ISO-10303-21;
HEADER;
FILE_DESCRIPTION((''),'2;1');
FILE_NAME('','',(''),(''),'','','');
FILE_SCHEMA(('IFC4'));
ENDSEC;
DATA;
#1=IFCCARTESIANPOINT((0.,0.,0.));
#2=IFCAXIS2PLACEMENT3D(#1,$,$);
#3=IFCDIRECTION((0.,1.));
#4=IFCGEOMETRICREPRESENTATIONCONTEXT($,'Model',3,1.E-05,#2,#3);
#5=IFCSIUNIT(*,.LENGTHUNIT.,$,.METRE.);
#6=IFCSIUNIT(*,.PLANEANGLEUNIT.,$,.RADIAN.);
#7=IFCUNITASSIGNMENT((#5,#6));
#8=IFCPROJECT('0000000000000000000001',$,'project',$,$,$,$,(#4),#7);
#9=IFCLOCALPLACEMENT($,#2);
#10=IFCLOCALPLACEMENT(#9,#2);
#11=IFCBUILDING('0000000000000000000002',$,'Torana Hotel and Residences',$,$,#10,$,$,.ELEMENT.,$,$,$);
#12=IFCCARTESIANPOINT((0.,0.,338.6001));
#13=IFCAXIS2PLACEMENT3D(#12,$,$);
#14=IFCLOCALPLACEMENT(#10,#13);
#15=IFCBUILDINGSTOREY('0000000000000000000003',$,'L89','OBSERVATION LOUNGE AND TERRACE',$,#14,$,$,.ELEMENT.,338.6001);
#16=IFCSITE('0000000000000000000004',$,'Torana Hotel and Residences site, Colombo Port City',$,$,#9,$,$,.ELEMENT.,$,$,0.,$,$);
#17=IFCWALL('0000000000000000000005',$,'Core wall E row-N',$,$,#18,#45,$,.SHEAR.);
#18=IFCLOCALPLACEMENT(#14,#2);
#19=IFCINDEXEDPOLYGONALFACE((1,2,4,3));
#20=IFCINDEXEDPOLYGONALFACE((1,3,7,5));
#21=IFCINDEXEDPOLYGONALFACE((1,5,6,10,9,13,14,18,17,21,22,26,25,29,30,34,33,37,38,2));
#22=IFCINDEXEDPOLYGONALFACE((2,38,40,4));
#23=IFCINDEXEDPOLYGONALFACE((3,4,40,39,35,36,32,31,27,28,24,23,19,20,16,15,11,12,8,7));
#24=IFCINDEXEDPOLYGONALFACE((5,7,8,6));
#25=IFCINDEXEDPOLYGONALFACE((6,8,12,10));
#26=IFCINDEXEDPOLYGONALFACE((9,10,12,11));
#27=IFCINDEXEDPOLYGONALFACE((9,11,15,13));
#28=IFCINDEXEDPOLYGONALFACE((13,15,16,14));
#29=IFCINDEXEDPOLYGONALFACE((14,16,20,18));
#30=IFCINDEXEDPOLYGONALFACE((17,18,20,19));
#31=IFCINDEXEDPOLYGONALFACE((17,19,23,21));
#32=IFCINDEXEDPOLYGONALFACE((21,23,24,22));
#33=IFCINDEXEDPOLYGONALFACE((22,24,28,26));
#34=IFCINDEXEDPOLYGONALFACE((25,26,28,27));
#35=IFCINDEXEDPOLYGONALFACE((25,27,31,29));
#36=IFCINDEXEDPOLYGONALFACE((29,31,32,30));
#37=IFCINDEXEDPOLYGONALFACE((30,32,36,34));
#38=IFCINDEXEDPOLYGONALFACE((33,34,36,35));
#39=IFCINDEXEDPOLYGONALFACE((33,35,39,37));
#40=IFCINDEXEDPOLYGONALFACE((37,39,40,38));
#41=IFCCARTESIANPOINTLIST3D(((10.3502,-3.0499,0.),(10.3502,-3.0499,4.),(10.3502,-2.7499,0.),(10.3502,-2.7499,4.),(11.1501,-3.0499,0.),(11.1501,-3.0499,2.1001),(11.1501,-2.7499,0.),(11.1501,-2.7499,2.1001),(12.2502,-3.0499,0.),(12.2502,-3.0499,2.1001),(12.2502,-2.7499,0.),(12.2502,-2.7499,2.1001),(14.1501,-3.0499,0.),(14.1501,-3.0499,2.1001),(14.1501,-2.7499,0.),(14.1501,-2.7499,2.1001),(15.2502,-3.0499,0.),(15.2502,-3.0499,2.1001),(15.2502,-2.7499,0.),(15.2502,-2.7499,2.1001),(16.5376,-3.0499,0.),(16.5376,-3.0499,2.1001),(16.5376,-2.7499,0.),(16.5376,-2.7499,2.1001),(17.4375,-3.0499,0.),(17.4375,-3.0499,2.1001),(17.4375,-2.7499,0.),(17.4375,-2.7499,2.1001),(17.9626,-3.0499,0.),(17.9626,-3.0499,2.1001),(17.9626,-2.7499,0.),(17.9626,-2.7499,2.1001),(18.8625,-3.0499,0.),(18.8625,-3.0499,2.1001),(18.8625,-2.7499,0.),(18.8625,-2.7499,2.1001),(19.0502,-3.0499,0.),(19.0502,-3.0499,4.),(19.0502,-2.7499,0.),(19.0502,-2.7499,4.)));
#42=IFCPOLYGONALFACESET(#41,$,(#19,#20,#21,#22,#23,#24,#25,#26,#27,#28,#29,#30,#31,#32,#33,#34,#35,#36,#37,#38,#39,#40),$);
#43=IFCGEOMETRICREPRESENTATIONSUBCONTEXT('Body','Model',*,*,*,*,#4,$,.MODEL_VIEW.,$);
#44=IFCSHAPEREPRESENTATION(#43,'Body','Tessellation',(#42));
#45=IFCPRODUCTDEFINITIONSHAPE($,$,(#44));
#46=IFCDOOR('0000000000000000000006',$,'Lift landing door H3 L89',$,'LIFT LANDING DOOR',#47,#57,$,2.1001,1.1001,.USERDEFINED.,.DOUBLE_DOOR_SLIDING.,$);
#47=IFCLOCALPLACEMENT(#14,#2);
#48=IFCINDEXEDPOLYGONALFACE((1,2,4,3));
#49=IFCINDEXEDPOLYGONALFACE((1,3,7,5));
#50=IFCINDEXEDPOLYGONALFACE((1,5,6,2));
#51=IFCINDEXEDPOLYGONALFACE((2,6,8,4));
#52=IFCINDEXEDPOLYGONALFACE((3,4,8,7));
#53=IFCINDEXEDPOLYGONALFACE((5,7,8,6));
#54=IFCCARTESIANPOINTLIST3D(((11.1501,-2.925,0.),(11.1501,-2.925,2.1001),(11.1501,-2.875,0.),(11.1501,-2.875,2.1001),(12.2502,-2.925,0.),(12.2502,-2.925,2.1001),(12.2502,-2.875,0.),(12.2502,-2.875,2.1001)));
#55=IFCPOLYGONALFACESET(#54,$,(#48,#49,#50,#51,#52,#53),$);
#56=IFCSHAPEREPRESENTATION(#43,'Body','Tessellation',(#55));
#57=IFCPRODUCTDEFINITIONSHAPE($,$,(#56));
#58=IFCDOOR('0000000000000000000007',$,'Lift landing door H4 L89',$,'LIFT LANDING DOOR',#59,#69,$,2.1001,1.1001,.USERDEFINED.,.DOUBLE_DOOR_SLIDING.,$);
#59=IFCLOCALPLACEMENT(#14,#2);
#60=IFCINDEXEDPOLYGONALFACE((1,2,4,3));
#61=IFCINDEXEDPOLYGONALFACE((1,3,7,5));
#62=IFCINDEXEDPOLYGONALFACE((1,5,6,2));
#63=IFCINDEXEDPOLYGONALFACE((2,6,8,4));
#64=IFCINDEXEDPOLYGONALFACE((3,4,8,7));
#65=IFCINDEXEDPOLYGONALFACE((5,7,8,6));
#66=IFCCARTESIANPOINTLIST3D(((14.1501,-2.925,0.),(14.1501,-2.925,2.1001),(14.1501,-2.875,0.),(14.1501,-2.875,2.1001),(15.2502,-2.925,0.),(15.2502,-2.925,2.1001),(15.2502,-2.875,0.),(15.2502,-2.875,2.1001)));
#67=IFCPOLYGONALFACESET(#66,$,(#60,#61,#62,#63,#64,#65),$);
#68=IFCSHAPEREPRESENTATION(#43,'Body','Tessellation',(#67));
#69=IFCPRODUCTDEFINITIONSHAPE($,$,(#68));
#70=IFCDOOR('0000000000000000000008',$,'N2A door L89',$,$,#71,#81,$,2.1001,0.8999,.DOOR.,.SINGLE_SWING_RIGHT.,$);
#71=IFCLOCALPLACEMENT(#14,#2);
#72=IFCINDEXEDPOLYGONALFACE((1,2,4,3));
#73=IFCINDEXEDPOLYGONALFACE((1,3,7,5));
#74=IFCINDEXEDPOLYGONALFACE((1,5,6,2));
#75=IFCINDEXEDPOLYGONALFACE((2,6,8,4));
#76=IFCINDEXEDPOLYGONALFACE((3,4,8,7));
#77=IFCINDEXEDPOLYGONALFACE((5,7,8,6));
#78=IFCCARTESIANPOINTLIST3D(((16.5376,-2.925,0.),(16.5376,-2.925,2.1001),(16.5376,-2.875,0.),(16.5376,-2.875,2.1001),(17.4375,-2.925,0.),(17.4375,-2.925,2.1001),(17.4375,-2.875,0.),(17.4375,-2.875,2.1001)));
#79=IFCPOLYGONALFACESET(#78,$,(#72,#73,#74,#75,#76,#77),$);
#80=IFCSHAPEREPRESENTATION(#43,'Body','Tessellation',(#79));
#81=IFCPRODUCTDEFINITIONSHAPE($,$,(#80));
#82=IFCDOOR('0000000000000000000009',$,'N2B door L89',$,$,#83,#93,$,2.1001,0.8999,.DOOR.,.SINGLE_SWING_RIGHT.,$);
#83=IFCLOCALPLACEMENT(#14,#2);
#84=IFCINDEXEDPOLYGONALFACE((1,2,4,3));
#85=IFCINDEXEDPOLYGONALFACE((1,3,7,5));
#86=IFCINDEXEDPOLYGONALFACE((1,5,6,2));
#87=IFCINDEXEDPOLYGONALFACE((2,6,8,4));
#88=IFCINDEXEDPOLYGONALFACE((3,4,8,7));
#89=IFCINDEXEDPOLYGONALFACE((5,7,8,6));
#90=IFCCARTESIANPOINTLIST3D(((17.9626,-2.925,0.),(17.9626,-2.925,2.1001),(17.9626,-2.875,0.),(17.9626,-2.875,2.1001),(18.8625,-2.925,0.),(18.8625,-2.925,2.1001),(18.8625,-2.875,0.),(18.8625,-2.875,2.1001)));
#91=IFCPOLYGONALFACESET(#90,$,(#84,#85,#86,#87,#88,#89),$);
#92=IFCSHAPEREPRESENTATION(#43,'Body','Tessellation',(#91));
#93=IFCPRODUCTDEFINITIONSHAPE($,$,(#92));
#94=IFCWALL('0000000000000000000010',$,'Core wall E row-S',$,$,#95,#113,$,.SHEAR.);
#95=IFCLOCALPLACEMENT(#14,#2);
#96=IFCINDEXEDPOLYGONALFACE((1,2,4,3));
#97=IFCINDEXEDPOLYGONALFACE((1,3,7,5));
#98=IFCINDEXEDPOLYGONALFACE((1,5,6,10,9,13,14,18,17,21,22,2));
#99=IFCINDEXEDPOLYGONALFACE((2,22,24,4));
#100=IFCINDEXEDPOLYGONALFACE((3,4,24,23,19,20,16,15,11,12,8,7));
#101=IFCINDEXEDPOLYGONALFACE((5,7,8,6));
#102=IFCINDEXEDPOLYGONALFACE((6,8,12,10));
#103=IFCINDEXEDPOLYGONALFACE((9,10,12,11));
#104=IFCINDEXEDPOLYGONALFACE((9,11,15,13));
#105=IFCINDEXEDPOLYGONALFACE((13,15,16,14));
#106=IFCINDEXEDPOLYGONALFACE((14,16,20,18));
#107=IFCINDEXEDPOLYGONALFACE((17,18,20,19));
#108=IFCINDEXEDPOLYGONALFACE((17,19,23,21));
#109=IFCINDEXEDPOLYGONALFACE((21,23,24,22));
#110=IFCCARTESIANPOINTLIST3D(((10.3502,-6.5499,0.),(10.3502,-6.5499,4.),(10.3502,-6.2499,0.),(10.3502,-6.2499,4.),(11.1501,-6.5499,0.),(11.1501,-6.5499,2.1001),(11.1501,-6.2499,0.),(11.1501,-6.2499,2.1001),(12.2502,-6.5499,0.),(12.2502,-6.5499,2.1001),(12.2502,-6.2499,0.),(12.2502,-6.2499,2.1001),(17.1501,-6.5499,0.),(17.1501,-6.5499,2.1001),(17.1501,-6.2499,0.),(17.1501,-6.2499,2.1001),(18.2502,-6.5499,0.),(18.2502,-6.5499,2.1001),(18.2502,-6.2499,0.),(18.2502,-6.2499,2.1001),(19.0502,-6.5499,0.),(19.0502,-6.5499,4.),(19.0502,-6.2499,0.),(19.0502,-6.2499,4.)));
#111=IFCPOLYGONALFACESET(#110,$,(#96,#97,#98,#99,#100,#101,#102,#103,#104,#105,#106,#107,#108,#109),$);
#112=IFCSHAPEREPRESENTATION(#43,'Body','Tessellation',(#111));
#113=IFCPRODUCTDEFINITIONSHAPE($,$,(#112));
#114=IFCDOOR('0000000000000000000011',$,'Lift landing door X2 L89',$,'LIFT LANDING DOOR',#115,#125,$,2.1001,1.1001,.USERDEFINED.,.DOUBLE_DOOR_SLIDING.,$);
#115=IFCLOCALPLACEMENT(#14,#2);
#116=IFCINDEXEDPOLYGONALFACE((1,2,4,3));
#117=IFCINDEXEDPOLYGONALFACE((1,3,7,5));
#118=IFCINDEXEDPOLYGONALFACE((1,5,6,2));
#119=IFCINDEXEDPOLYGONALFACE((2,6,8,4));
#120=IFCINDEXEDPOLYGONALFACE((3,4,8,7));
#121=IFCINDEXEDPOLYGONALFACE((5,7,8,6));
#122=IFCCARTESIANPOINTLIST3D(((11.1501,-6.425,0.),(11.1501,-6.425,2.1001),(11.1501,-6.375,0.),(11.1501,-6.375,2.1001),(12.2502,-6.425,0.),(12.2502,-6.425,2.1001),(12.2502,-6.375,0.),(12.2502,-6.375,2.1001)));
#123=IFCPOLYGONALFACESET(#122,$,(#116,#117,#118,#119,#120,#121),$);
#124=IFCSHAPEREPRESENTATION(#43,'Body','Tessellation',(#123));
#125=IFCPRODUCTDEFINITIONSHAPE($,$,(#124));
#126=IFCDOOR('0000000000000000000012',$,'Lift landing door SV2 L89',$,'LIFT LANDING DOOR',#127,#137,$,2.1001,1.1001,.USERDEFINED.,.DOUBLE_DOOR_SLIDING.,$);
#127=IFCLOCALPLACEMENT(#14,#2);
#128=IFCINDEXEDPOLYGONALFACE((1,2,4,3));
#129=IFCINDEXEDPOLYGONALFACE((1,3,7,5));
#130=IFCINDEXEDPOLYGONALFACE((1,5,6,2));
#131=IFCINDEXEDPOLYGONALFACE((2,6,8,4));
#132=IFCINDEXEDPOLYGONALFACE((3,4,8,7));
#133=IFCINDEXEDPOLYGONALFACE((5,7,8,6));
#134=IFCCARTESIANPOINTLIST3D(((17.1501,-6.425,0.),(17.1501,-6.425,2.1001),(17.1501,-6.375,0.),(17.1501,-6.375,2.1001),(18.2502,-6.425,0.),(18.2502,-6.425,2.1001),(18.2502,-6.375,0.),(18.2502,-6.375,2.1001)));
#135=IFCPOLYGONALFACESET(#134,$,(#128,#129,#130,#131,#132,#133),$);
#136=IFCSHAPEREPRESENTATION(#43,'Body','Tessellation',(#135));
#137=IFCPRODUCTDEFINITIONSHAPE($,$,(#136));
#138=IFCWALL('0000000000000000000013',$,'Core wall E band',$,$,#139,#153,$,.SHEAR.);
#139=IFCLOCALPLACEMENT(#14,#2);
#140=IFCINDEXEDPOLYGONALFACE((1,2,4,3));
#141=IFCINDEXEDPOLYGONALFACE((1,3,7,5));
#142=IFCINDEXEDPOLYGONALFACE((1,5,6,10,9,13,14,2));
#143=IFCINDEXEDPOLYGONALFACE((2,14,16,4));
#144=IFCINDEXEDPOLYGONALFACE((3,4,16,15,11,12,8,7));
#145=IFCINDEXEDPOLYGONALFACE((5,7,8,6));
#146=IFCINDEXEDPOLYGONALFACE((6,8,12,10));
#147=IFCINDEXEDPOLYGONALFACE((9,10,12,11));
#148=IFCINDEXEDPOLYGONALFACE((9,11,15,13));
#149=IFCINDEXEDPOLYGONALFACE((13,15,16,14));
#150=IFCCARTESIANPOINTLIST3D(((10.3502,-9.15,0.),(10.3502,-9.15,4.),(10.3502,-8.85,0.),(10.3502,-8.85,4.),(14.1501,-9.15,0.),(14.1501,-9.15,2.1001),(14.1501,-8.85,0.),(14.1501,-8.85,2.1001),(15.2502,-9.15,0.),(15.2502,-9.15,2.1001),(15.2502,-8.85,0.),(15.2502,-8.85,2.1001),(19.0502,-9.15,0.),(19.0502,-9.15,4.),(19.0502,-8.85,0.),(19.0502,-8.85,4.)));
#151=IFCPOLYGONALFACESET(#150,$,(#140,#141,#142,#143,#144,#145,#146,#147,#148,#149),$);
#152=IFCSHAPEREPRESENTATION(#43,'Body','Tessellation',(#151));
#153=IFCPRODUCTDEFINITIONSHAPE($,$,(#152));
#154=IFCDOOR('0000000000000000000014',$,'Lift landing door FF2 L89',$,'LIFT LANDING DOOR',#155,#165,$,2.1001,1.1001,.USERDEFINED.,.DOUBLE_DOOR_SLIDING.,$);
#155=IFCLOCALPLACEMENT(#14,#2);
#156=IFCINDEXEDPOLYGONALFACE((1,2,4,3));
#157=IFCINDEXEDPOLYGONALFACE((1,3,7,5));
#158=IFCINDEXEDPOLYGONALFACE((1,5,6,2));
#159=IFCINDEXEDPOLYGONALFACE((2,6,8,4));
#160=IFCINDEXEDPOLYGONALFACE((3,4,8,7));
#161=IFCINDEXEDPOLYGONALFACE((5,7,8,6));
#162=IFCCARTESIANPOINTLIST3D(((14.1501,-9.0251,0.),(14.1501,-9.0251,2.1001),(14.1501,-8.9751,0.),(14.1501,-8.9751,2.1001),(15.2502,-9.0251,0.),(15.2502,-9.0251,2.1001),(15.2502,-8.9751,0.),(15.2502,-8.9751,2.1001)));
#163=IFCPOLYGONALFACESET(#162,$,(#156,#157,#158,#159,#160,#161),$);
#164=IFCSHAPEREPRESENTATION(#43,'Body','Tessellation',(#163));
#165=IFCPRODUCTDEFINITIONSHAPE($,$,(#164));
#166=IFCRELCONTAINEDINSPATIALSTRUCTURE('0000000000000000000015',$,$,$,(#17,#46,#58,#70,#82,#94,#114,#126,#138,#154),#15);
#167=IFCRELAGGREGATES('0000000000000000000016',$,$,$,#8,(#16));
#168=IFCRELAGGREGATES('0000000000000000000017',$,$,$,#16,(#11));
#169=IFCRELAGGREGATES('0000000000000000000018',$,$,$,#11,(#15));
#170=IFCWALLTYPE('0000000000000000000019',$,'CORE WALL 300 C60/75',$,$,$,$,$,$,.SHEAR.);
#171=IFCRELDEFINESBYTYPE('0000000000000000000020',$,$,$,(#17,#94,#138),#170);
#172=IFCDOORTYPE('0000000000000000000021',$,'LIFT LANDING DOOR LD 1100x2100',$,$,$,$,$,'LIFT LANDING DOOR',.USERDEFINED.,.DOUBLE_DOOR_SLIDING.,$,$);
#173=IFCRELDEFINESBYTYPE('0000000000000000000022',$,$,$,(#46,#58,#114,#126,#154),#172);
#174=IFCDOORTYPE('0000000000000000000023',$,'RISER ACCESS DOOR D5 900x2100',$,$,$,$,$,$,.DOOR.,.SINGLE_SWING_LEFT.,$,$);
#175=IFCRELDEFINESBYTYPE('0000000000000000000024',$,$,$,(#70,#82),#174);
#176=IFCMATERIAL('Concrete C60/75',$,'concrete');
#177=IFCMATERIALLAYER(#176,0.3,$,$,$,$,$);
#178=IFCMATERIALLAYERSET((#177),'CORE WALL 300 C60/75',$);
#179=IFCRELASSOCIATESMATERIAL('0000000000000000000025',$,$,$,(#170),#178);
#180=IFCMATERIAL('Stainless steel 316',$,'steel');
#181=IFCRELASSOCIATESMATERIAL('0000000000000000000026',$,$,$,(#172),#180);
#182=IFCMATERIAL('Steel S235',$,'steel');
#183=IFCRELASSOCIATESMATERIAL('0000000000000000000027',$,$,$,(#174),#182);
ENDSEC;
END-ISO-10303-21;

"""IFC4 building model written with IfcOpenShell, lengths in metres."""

from ifc_helpers import new_model, si_unit, direction, frame, frame_2d, origin, place, context, subcontext, project, spatial, rectangle, extrude, material, layer, layer_set, type_object, element, fill, save


model = new_model("IFC4")

# Units and contexts
model_context = context("Model", 3, precision=1e-05, world=origin(), true_north=direction((0.0, 1.0)))
body_context = subcontext(model_context, "Body", "Model", "MODEL_VIEW")
ifc_project = project(units=[si_unit("LENGTHUNIT", "METRE"), si_unit("PLANEANGLEUNIT", "RADIAN")], contexts=[model_context])

# Site, building, storey
site_placement = place(None, origin())
site = spatial("IfcSite", under=ifc_project, at=site_placement, Name="Torana Hotel and Residences site, Colombo Port City", CompositionType="ELEMENT", RefElevation=0.0)
building_placement = place(site_placement, origin())
building = spatial("IfcBuilding", under=site, at=building_placement, Name="Torana Hotel and Residences", CompositionType="ELEMENT")
storey_placement = place(building_placement, frame((0.0, 0.0, 338.6001)))
storey = spatial("IfcBuildingStorey", under=building, at=storey_placement, Name="L89", Description="OBSERVATION LOUNGE AND TERRACE", CompositionType="ELEMENT", Elevation=338.6001)

# Walls, openings, doors
ifc_material_1 = material(Name="Concrete C60/75", Category="concrete")
ifc_layer_1 = layer(ifc_material_1, 0.3)
ifc_layer_set_1 = layer_set([ifc_layer_1], Name="CORE WALL 300 C60/75")
wall_type_1 = type_object("IfcWallType", Name="CORE WALL 300 C60/75", PredefinedType="SHEAR", material=ifc_layer_set_1)
wall_1_placement = place(storey_placement, frame((10.3501, -2.8999, 0.0), z_axis=(0.0, 0.0, 1.0), x_axis=(1.0, 0.0, 0.0)))
wall_1 = element("IfcWall", 1, at=wall_1_placement, inside=storey, type_object=wall_type_1, Name="Core wall E row-N", PredefinedType="SHEAR", context=body_context, shape_type="SweptSolid", body=[
    extrude(rectangle(XDim=8.7, YDim=0.3, at=frame_2d((4.3501, 0.0))), origin(), (0.0, 0.0, 1.0), 4.0),
])
opening_1_placement = place(wall_1_placement, frame((0.8, 0.0, 0.0)))
opening_1 = element("IfcOpeningElement", 2, at=opening_1_placement, cuts=wall_1, PredefinedType="OPENING", context=body_context, shape_type="SweptSolid", body=[
    extrude(rectangle(XDim=1.1001, YDim=2.1001, at=frame_2d((0.55, 1.05))), frame((0.0, 0.1599, 0.0), z_axis=(0.0, -1.0, 0.0), x_axis=(1.0, 0.0, 0.0)), (0.0, 0.0, 1.0), 0.3201),
])
opening_2_placement = place(wall_1_placement, frame((3.8, 0.0, 0.0)))
opening_2 = element("IfcOpeningElement", 3, at=opening_2_placement, cuts=wall_1, PredefinedType="OPENING", context=body_context, shape_type="SweptSolid", body=[
    extrude(rectangle(XDim=1.1001, YDim=2.1001, at=frame_2d((0.55, 1.05))), frame((0.0, 0.1599, 0.0), z_axis=(0.0, -1.0, 0.0), x_axis=(1.0, 0.0, 0.0)), (0.0, 0.0, 1.0), 0.3201),
])
opening_3_placement = place(wall_1_placement, frame((6.1875, 0.0, 0.0)))
opening_3 = element("IfcOpeningElement", 4, at=opening_3_placement, cuts=wall_1, PredefinedType="OPENING", context=body_context, shape_type="SweptSolid", body=[
    extrude(rectangle(XDim=0.8999, YDim=2.1001, at=frame_2d((0.45, 1.05))), frame((0.0, 0.1599, 0.0), z_axis=(0.0, -1.0, 0.0), x_axis=(1.0, 0.0, 0.0)), (0.0, 0.0, 1.0), 0.3201),
])
opening_4_placement = place(wall_1_placement, frame((7.6125, 0.0, 0.0)))
opening_4 = element("IfcOpeningElement", 5, at=opening_4_placement, cuts=wall_1, PredefinedType="OPENING", context=body_context, shape_type="SweptSolid", body=[
    extrude(rectangle(XDim=0.8999, YDim=2.1001, at=frame_2d((0.45, 1.05))), frame((0.0, 0.1599, 0.0), z_axis=(0.0, -1.0, 0.0), x_axis=(1.0, 0.0, 0.0)), (0.0, 0.0, 1.0), 0.3201),
])
ifc_material_2 = material(Name="Stainless steel 316", Category="steel")
door_type_1 = type_object("IfcDoorType", Name="LIFT LANDING DOOR LD 1100x2100", ElementType="LIFT LANDING DOOR", OperationType="DOUBLE_DOOR_SLIDING", PredefinedType="USERDEFINED", material=ifc_material_2)
door_1_placement = place(opening_1_placement, origin())
door_1 = element("IfcDoor", 6, at=door_1_placement, inside=storey, type_object=door_type_1, Name="Lift landing door H3 L89", ObjectType="LIFT LANDING DOOR", OperationType="DOUBLE_DOOR_SLIDING", OverallHeight=2.1001, OverallWidth=1.1001, PredefinedType="USERDEFINED", context=body_context, shape_type="SweptSolid", body=[
    extrude(rectangle(XDim=1.1001, YDim=2.1001, at=frame_2d((0.55, 1.05))), frame((0.0, 0.0249, 0.0), z_axis=(0.0, -1.0, 0.0), x_axis=(1.0, 0.0, 0.0)), (0.0, 0.0, 1.0), 0.05),
])
fill(opening_1, door_1)
door_2_placement = place(opening_2_placement, origin())
door_2 = element("IfcDoor", 7, at=door_2_placement, inside=storey, type_object=door_type_1, Name="Lift landing door H4 L89", ObjectType="LIFT LANDING DOOR", OperationType="DOUBLE_DOOR_SLIDING", OverallHeight=2.1001, OverallWidth=1.1001, PredefinedType="USERDEFINED", context=body_context, shape_type="SweptSolid", body=[
    extrude(rectangle(XDim=1.1001, YDim=2.1001, at=frame_2d((0.55, 1.05))), frame((0.0, 0.0249, 0.0), z_axis=(0.0, -1.0, 0.0), x_axis=(1.0, 0.0, 0.0)), (0.0, 0.0, 1.0), 0.05),
])
fill(opening_2, door_2)
ifc_material_3 = material(Name="Steel S235", Category="steel")
door_type_2 = type_object("IfcDoorType", Name="RISER ACCESS DOOR D5 900x2100", OperationType="SINGLE_SWING_LEFT", PredefinedType="DOOR", material=ifc_material_3)
door_3_placement = place(opening_3_placement, origin())
door_3 = element("IfcDoor", 8, at=door_3_placement, inside=storey, type_object=door_type_2, Name="N2A door L89", OperationType="SINGLE_SWING_RIGHT", OverallHeight=2.1001, OverallWidth=0.8999, PredefinedType="DOOR", context=body_context, shape_type="SweptSolid", body=[
    extrude(rectangle(XDim=0.8999, YDim=2.1001, at=frame_2d((0.45, 1.05))), frame((0.0, 0.0249, 0.0), z_axis=(0.0, -1.0, 0.0), x_axis=(1.0, 0.0, 0.0)), (0.0, 0.0, 1.0), 0.05),
])
fill(opening_3, door_3)
door_4_placement = place(opening_4_placement, origin())
door_4 = element("IfcDoor", 9, at=door_4_placement, inside=storey, type_object=door_type_2, Name="N2B door L89", OperationType="SINGLE_SWING_RIGHT", OverallHeight=2.1001, OverallWidth=0.8999, PredefinedType="DOOR", context=body_context, shape_type="SweptSolid", body=[
    extrude(rectangle(XDim=0.8999, YDim=2.1001, at=frame_2d((0.45, 1.05))), frame((0.0, 0.0249, 0.0), z_axis=(0.0, -1.0, 0.0), x_axis=(1.0, 0.0, 0.0)), (0.0, 0.0, 1.0), 0.05),
])
fill(opening_4, door_4)
wall_2_placement = place(storey_placement, frame((10.3501, -6.3999, 0.0), z_axis=(0.0, 0.0, 1.0), x_axis=(1.0, 0.0, 0.0)))
wall_2 = element("IfcWall", 10, at=wall_2_placement, inside=storey, type_object=wall_type_1, Name="Core wall E row-S", PredefinedType="SHEAR", context=body_context, shape_type="SweptSolid", body=[
    extrude(rectangle(XDim=8.7, YDim=0.3, at=frame_2d((4.3501, 0.0))), origin(), (0.0, 0.0, 1.0), 4.0),
])
opening_5_placement = place(wall_2_placement, frame((0.8, 0.0, 0.0)))
opening_5 = element("IfcOpeningElement", 11, at=opening_5_placement, cuts=wall_2, PredefinedType="OPENING", context=body_context, shape_type="SweptSolid", body=[
    extrude(rectangle(XDim=1.1001, YDim=2.1001, at=frame_2d((0.55, 1.05))), frame((0.0, 0.1599, 0.0), z_axis=(0.0, -1.0, 0.0), x_axis=(1.0, 0.0, 0.0)), (0.0, 0.0, 1.0), 0.3201),
])
opening_6_placement = place(wall_2_placement, frame((6.8, 0.0, 0.0)))
opening_6 = element("IfcOpeningElement", 12, at=opening_6_placement, cuts=wall_2, PredefinedType="OPENING", context=body_context, shape_type="SweptSolid", body=[
    extrude(rectangle(XDim=1.1001, YDim=2.1001, at=frame_2d((0.55, 1.05))), frame((0.0, 0.1599, 0.0), z_axis=(0.0, -1.0, 0.0), x_axis=(1.0, 0.0, 0.0)), (0.0, 0.0, 1.0), 0.3201),
])
door_5_placement = place(opening_5_placement, origin())
door_5 = element("IfcDoor", 13, at=door_5_placement, inside=storey, type_object=door_type_1, Name="Lift landing door X2 L89", ObjectType="LIFT LANDING DOOR", OperationType="DOUBLE_DOOR_SLIDING", OverallHeight=2.1001, OverallWidth=1.1001, PredefinedType="USERDEFINED", context=body_context, shape_type="SweptSolid", body=[
    extrude(rectangle(XDim=1.1001, YDim=2.1001, at=frame_2d((0.55, 1.05))), frame((0.0, 0.0249, 0.0), z_axis=(0.0, -1.0, 0.0), x_axis=(1.0, 0.0, 0.0)), (0.0, 0.0, 1.0), 0.05),
])
fill(opening_5, door_5)
door_6_placement = place(opening_6_placement, origin())
door_6 = element("IfcDoor", 14, at=door_6_placement, inside=storey, type_object=door_type_1, Name="Lift landing door SV2 L89", ObjectType="LIFT LANDING DOOR", OperationType="DOUBLE_DOOR_SLIDING", OverallHeight=2.1001, OverallWidth=1.1001, PredefinedType="USERDEFINED", context=body_context, shape_type="SweptSolid", body=[
    extrude(rectangle(XDim=1.1001, YDim=2.1001, at=frame_2d((0.55, 1.05))), frame((0.0, 0.0249, 0.0), z_axis=(0.0, -1.0, 0.0), x_axis=(1.0, 0.0, 0.0)), (0.0, 0.0, 1.0), 0.05),
])
fill(opening_6, door_6)

# Wall, opening, door
wall_3_placement = place(storey_placement, frame((10.3501, -9.0, 0.0), z_axis=(0.0, 0.0, 1.0), x_axis=(1.0, 0.0, 0.0)))
wall_3 = element("IfcWall", 15, at=wall_3_placement, inside=storey, type_object=wall_type_1, Name="Core wall E band", PredefinedType="SHEAR", context=body_context, shape_type="SweptSolid", body=[
    extrude(rectangle(XDim=8.7, YDim=0.3, at=frame_2d((4.3501, 0.0))), origin(), (0.0, 0.0, 1.0), 4.0),
])
opening_7_placement = place(wall_3_placement, frame((3.8, 0.0, 0.0)))
opening_7 = element("IfcOpeningElement", 16, at=opening_7_placement, cuts=wall_3, PredefinedType="OPENING", context=body_context, shape_type="SweptSolid", body=[
    extrude(rectangle(XDim=1.1001, YDim=2.1001, at=frame_2d((0.55, 1.05))), frame((0.0, 0.1599, 0.0), z_axis=(0.0, -1.0, 0.0), x_axis=(1.0, 0.0, 0.0)), (0.0, 0.0, 1.0), 0.3201),
])
door_7_placement = place(opening_7_placement, origin())
door_7 = element("IfcDoor", 17, at=door_7_placement, inside=storey, type_object=door_type_1, Name="Lift landing door FF2 L89", ObjectType="LIFT LANDING DOOR", OperationType="DOUBLE_DOOR_SLIDING", OverallHeight=2.1001, OverallWidth=1.1001, PredefinedType="USERDEFINED", context=body_context, shape_type="SweptSolid", body=[
    extrude(rectangle(XDim=1.1001, YDim=2.1001, at=frame_2d((0.55, 1.05))), frame((0.0, 0.0249, 0.0), z_axis=(0.0, -1.0, 0.0), x_axis=(1.0, 0.0, 0.0)), (0.0, 0.0, 1.0), 0.05),
])
fill(opening_7, door_7)

save(model, "model.ifc")
